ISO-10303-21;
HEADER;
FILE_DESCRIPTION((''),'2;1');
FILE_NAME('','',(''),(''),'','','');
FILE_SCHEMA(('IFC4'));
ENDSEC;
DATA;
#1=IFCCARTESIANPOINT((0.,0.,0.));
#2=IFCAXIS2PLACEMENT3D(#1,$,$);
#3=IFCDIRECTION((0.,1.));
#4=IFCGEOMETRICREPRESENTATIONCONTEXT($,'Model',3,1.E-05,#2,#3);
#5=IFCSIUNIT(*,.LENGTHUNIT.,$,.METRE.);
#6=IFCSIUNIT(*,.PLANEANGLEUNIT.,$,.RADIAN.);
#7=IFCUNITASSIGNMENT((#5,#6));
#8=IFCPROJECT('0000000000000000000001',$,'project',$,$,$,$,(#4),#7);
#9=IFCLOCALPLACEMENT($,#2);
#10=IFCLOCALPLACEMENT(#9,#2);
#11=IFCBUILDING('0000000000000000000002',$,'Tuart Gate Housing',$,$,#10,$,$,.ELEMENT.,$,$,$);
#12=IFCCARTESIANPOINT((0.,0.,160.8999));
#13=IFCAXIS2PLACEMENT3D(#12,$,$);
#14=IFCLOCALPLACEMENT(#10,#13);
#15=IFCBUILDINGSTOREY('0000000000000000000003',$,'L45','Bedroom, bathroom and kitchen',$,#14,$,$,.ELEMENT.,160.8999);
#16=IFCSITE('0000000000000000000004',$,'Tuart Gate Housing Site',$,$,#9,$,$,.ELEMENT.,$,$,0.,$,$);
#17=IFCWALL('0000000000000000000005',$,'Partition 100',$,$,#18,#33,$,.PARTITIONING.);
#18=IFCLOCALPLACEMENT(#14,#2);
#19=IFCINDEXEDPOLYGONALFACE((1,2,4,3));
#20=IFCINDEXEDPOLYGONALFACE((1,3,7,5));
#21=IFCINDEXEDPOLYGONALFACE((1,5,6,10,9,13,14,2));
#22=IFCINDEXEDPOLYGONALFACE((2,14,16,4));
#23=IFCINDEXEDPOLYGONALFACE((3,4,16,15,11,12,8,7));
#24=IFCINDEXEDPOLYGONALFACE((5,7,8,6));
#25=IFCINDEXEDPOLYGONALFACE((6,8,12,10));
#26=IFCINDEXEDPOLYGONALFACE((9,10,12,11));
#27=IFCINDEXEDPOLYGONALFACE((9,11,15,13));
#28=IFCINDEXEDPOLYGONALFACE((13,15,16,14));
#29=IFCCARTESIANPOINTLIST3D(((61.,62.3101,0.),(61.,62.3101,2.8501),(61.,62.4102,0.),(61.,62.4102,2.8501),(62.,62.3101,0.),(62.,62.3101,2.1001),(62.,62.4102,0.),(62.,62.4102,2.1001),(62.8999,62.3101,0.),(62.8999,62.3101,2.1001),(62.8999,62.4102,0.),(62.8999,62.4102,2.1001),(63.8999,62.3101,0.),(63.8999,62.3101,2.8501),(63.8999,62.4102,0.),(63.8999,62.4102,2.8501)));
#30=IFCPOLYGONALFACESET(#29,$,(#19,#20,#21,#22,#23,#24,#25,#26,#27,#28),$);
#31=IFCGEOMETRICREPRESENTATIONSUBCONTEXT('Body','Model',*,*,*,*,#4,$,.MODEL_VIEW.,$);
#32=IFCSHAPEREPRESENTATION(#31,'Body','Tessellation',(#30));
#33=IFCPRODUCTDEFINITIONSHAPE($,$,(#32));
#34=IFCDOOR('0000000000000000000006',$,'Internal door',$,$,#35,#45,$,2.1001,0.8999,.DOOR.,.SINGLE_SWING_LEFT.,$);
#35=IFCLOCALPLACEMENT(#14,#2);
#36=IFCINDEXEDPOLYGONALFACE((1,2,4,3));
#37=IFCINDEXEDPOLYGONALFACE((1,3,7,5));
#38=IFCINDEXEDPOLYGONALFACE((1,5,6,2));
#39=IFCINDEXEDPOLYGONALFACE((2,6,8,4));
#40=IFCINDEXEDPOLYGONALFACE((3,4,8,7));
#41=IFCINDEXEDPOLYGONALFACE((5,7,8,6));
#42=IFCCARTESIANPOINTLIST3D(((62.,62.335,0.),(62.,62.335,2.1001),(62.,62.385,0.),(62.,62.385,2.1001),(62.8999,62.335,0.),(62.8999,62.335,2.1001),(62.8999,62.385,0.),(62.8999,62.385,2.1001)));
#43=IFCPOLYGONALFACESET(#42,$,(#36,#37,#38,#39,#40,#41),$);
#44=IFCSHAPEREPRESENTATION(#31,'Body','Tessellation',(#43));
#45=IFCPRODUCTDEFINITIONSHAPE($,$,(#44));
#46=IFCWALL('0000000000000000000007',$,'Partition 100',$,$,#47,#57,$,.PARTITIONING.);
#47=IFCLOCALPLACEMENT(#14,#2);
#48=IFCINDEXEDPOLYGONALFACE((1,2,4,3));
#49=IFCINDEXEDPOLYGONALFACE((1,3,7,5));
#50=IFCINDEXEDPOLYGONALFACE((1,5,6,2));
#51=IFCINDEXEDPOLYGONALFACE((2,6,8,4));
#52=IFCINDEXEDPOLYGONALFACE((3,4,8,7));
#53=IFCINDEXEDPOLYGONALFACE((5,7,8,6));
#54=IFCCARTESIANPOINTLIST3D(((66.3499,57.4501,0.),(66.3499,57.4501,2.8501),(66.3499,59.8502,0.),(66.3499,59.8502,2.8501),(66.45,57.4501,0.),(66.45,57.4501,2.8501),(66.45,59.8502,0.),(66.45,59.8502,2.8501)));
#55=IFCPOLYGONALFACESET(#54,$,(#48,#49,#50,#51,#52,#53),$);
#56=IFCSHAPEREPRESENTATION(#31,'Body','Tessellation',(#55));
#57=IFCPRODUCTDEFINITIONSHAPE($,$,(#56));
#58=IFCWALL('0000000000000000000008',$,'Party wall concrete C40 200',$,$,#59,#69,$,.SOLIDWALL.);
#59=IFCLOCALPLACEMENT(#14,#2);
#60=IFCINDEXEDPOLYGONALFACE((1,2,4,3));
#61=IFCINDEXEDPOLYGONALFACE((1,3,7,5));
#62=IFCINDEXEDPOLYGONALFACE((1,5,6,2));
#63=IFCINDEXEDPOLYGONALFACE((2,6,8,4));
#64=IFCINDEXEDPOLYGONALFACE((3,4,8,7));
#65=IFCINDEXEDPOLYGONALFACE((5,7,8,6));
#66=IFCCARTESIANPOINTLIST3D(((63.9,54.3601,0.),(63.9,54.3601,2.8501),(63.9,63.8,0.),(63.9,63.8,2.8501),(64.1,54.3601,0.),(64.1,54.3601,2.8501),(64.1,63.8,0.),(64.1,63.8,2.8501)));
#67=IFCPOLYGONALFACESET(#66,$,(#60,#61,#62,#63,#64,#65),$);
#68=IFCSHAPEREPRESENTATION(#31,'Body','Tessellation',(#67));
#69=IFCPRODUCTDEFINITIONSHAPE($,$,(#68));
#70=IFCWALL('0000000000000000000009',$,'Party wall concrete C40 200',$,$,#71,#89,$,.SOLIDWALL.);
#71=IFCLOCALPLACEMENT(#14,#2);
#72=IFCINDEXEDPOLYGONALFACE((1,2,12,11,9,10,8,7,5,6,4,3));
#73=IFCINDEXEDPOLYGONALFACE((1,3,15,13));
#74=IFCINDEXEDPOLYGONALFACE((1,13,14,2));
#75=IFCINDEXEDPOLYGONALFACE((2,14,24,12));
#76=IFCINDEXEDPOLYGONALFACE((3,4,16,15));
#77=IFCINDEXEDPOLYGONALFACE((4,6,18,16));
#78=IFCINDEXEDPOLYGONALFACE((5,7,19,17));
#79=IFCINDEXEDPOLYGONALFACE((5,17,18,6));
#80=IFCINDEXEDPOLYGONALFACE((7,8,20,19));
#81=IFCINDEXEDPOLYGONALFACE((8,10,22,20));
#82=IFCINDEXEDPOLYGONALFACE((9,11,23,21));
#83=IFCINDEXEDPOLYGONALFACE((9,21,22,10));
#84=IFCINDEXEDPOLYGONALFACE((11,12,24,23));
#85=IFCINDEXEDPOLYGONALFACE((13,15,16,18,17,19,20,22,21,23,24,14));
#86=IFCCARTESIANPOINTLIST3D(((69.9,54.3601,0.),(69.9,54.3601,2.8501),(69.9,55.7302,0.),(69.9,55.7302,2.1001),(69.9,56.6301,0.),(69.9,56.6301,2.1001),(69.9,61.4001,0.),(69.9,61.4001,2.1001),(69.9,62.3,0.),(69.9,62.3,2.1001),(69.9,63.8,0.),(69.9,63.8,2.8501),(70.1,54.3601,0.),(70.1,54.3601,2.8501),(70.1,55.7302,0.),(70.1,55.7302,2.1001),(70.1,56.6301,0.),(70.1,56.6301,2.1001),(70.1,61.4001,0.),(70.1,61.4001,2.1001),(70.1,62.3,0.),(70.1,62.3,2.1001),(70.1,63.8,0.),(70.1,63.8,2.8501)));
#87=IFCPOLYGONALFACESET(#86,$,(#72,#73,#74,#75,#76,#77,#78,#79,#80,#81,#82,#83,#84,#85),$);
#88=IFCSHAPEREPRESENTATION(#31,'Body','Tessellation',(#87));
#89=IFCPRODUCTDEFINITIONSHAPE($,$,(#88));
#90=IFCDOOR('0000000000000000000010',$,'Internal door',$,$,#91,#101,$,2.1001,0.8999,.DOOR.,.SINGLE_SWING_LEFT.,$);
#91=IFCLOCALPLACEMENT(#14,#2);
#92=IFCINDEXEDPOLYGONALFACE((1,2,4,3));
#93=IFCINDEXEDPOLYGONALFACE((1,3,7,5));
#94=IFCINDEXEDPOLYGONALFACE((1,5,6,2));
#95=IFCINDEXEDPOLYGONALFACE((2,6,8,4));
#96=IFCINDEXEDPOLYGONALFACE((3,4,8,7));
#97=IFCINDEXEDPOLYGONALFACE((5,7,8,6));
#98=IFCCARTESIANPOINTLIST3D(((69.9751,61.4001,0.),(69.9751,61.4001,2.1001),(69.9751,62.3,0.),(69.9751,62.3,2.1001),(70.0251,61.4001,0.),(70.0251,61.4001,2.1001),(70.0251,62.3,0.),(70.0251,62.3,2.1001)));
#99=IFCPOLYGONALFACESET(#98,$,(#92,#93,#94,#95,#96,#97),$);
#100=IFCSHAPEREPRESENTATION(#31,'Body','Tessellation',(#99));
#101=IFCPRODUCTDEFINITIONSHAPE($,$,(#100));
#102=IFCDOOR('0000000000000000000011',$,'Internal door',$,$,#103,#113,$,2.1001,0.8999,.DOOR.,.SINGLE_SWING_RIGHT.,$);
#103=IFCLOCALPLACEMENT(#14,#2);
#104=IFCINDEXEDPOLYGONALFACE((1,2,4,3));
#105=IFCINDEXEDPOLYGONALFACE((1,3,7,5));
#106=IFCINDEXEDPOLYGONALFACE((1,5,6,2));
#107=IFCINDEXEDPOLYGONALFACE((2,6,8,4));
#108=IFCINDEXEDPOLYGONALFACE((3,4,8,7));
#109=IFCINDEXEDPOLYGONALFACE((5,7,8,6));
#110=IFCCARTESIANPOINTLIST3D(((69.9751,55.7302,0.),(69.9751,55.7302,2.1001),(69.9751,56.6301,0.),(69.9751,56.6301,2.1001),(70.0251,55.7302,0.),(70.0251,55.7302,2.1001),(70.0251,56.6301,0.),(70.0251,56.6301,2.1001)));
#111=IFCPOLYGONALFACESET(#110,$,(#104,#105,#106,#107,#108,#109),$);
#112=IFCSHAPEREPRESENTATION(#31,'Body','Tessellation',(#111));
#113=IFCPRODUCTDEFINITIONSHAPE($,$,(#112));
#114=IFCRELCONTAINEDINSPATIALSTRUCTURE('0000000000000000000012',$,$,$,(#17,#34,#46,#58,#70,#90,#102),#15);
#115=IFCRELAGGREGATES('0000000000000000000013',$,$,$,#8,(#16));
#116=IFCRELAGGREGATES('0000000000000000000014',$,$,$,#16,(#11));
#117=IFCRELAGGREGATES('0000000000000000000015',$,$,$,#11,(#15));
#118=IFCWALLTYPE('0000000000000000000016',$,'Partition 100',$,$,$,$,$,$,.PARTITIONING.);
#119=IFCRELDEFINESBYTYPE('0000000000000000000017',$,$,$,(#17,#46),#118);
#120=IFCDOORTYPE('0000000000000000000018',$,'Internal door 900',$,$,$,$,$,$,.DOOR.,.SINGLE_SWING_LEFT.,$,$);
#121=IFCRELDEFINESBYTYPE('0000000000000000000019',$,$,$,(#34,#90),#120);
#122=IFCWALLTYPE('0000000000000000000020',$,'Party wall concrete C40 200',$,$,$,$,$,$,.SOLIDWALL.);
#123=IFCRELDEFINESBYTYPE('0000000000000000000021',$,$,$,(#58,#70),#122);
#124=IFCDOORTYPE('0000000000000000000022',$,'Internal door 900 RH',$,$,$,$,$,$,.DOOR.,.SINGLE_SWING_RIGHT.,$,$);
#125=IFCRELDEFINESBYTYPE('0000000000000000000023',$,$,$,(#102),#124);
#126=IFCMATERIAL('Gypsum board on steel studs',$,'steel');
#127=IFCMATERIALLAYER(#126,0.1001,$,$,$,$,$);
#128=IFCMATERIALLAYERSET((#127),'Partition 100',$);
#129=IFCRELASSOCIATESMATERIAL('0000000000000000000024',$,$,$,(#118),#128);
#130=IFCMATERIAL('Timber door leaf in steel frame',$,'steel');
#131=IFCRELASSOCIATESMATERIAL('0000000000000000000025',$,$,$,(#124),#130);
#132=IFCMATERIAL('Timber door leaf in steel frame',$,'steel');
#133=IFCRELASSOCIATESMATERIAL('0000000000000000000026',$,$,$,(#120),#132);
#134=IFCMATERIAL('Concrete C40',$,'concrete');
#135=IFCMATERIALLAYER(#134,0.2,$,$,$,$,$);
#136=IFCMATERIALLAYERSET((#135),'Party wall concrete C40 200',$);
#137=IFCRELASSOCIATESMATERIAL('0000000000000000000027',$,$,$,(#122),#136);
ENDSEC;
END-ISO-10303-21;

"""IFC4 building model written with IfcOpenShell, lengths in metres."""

from ifc_helpers import new_model, si_unit, direction, frame, frame_2d, origin, place, context, subcontext, project, spatial, rectangle, extrude, material, layer, layer_set, type_object, element, fill, save


model = new_model("IFC4")

# Units and contexts
model_context = context("Model", 3, precision=1e-05, world=origin(), true_north=direction((0.0, 1.0)))
body_context = subcontext(model_context, "Body", "Model", "MODEL_VIEW")
ifc_project = project(units=[si_unit("LENGTHUNIT", "METRE"), si_unit("PLANEANGLEUNIT", "RADIAN")], contexts=[model_context])

# Site, building, storey
site_placement = place(None, origin())
site = spatial("IfcSite", under=ifc_project, at=site_placement, Name="Tuart Gate Housing Site", CompositionType="ELEMENT", RefElevation=0.0)
building_placement = place(site_placement, origin())
building = spatial("IfcBuilding", under=site, at=building_placement, Name="Tuart Gate Housing", CompositionType="ELEMENT")
storey_placement = place(building_placement, frame((0.0, 0.0, 160.8999)))
storey = spatial("IfcBuildingStorey", under=building, at=storey_placement, Name="L45", Description="Bedroom, bathroom and kitchen", CompositionType="ELEMENT", Elevation=160.8999)

# Shared definitions
ifc_material_1 = material(Name="Gypsum board on steel studs", Category="steel")
ifc_layer_1 = layer(ifc_material_1, 0.1001)
ifc_layer_set_1 = layer_set([ifc_layer_1], Name="Partition 100")
wall_type_1 = type_object("IfcWallType", Name="Partition 100", PredefinedType="PARTITIONING", material=ifc_layer_set_1)

# Shared definitions
ifc_material_2 = material(Name="Timber door leaf in steel frame", Category="steel")
door_type_1 = type_object("IfcDoorType", Name="Internal door 900 RH", OperationType="SINGLE_SWING_RIGHT", PredefinedType="DOOR", material=ifc_material_2)

# Wall, opening, door
wall_1_placement = place(storey_placement, frame((61.0, 62.3601, 0.0), z_axis=(0.0, 0.0, 1.0), x_axis=(1.0, 0.0, 0.0)))
wall_1 = element("IfcWall", 1, at=wall_1_placement, inside=storey, type_object=wall_type_1, Name="Partition 100", PredefinedType="PARTITIONING", context=body_context, shape_type="SweptSolid", body=[
    extrude(rectangle(XDim=2.8999, YDim=0.1001, at=frame_2d((1.45, 0.0))), origin(), (0.0, 0.0, 1.0), 2.8501),
])
opening_1_placement = place(wall_1_placement, frame((1.0, 0.0, 0.0)))
opening_1 = element("IfcOpeningElement", 2, at=opening_1_placement, cuts=wall_1, PredefinedType="OPENING", context=body_context, shape_type="SweptSolid", body=[
    extrude(rectangle(XDim=0.8999, YDim=2.1001, at=frame_2d((0.45, 1.05))), frame((0.0, 0.0601, 0.0), z_axis=(0.0, -1.0, 0.0), x_axis=(1.0, 0.0, 0.0)), (0.0, 0.0, 1.0), 0.1201),
])
ifc_material_3 = material(Name="Timber door leaf in steel frame", Category="steel")
door_type_2 = type_object("IfcDoorType", Name="Internal door 900", OperationType="SINGLE_SWING_LEFT", PredefinedType="DOOR", material=ifc_material_3)
door_1_placement = place(opening_1_placement, origin())
door_1 = element("IfcDoor", 3, at=door_1_placement, inside=storey, type_object=door_type_2, Name="Internal door", OperationType="SINGLE_SWING_LEFT", OverallHeight=2.1001, OverallWidth=0.8999, PredefinedType="DOOR", context=body_context, shape_type="SweptSolid", body=[
    extrude(rectangle(XDim=0.8999, YDim=2.1001, at=frame_2d((0.45, 1.05))), frame((0.0, 0.0249, 0.0), z_axis=(0.0, -1.0, 0.0), x_axis=(1.0, 0.0, 0.0)), (0.0, 0.0, 1.0), 0.05),
])
fill(opening_1, door_1)

# Walls
wall_2_placement = place(storey_placement, frame((66.3999, 57.45, 0.0), z_axis=(0.0, 0.0, 1.0), x_axis=(0.0, 1.0, 0.0)))
element("IfcWall", 4, at=wall_2_placement, inside=storey, type_object=wall_type_1, Name="Partition 100", PredefinedType="PARTITIONING", context=body_context, shape_type="SweptSolid", body=[
    extrude(rectangle(XDim=2.4001, YDim=0.1001, at=frame_2d((1.2002, 0.0))), origin(), (0.0, 0.0, 1.0), 2.8501),
])
ifc_material_4 = material(Name="Concrete C40", Category="concrete")
ifc_layer_2 = layer(ifc_material_4, 0.2)
ifc_layer_set_2 = layer_set([ifc_layer_2], Name="Party wall concrete C40 200")
wall_type_2 = type_object("IfcWallType", Name="Party wall concrete C40 200", PredefinedType="SOLIDWALL", material=ifc_layer_set_2)
wall_3_placement = place(storey_placement, frame((64.0, 54.3601, 0.0), z_axis=(0.0, 0.0, 1.0), x_axis=(0.0, 1.0, 0.0)))
element("IfcWall", 5, at=wall_3_placement, inside=storey, type_object=wall_type_2, Name="Party wall concrete C40 200", PredefinedType="SOLIDWALL", context=body_context, shape_type="SweptSolid", body=[
    extrude(rectangle(XDim=9.4399, YDim=0.2, at=frame_2d((4.72, 0.0))), origin(), (0.0, 0.0, 1.0), 2.8501),
])

# Wall, openings, doors
wall_4_placement = place(storey_placement, frame((70.0, 54.3601, 0.0), z_axis=(0.0, 0.0, 1.0), x_axis=(0.0, 1.0, 0.0)))
wall_4 = element("IfcWall", 6, at=wall_4_placement, inside=storey, type_object=wall_type_2, Name="Party wall concrete C40 200", PredefinedType="SOLIDWALL", context=body_context, shape_type="SweptSolid", body=[
    extrude(rectangle(XDim=9.4399, YDim=0.2, at=frame_2d((4.72, 0.0))), origin(), (0.0, 0.0, 1.0), 2.8501),
])
opening_2_placement = place(wall_4_placement, frame((1.3701, 0.0, 0.0)))
opening_2 = element("IfcOpeningElement", 7, at=opening_2_placement, cuts=wall_4, PredefinedType="OPENING", context=body_context, shape_type="SweptSolid", body=[
    extrude(rectangle(XDim=0.8999, YDim=2.1001, at=frame_2d((0.45, 1.05))), frame((0.0, 0.1099, 0.0), z_axis=(0.0, -1.0, 0.0), x_axis=(1.0, 0.0, 0.0)), (0.0, 0.0, 1.0), 0.22),
])
opening_3_placement = place(wall_4_placement, frame((7.04, 0.0, 0.0)))
opening_3 = element("IfcOpeningElement", 8, at=opening_3_placement, cuts=wall_4, PredefinedType="OPENING", context=body_context, shape_type="SweptSolid", body=[
    extrude(rectangle(XDim=0.8999, YDim=2.1001, at=frame_2d((0.45, 1.05))), frame((0.0, 0.1099, 0.0), z_axis=(0.0, -1.0, 0.0), x_axis=(1.0, 0.0, 0.0)), (0.0, 0.0, 1.0), 0.22),
])
door_2_placement = place(opening_3_placement, frame((0.8999, 0.0, 0.0), z_axis=(0.0, 0.0, 1.0), x_axis=(-1.0, 0.0, 0.0)))
door_2 = element("IfcDoor", 9, at=door_2_placement, inside=storey, type_object=door_type_2, Name="Internal door", OperationType="SINGLE_SWING_LEFT", OverallHeight=2.1001, OverallWidth=0.8999, PredefinedType="DOOR", context=body_context, shape_type="SweptSolid", body=[
    extrude(rectangle(XDim=0.8999, YDim=2.1001, at=frame_2d((0.45, 1.05))), frame((0.0, 0.0251, 0.0), z_axis=(0.0, -1.0, 0.0), x_axis=(1.0, 0.0, 0.0)), (0.0, 0.0, 1.0), 0.05),
])
fill(opening_3, door_2)
door_3_placement = place(opening_2_placement, frame((0.8999, 0.0, 0.0), z_axis=(0.0, 0.0, 1.0), x_axis=(-1.0, 0.0, 0.0)))
door_3 = element("IfcDoor", 10, at=door_3_placement, inside=storey, type_object=door_type_1, Name="Internal door", OperationType="SINGLE_SWING_RIGHT", OverallHeight=2.1001, OverallWidth=0.8999, PredefinedType="DOOR", context=body_context, shape_type="SweptSolid", body=[
    extrude(rectangle(XDim=0.8999, YDim=2.1001, at=frame_2d((0.45, 1.05))), frame((0.0, 0.0251, 0.0), z_axis=(0.0, -1.0, 0.0), x_axis=(1.0, 0.0, 0.0)), (0.0, 0.0, 1.0), 0.05),
])
fill(opening_2, door_3)

save(model, "model.ifc")
